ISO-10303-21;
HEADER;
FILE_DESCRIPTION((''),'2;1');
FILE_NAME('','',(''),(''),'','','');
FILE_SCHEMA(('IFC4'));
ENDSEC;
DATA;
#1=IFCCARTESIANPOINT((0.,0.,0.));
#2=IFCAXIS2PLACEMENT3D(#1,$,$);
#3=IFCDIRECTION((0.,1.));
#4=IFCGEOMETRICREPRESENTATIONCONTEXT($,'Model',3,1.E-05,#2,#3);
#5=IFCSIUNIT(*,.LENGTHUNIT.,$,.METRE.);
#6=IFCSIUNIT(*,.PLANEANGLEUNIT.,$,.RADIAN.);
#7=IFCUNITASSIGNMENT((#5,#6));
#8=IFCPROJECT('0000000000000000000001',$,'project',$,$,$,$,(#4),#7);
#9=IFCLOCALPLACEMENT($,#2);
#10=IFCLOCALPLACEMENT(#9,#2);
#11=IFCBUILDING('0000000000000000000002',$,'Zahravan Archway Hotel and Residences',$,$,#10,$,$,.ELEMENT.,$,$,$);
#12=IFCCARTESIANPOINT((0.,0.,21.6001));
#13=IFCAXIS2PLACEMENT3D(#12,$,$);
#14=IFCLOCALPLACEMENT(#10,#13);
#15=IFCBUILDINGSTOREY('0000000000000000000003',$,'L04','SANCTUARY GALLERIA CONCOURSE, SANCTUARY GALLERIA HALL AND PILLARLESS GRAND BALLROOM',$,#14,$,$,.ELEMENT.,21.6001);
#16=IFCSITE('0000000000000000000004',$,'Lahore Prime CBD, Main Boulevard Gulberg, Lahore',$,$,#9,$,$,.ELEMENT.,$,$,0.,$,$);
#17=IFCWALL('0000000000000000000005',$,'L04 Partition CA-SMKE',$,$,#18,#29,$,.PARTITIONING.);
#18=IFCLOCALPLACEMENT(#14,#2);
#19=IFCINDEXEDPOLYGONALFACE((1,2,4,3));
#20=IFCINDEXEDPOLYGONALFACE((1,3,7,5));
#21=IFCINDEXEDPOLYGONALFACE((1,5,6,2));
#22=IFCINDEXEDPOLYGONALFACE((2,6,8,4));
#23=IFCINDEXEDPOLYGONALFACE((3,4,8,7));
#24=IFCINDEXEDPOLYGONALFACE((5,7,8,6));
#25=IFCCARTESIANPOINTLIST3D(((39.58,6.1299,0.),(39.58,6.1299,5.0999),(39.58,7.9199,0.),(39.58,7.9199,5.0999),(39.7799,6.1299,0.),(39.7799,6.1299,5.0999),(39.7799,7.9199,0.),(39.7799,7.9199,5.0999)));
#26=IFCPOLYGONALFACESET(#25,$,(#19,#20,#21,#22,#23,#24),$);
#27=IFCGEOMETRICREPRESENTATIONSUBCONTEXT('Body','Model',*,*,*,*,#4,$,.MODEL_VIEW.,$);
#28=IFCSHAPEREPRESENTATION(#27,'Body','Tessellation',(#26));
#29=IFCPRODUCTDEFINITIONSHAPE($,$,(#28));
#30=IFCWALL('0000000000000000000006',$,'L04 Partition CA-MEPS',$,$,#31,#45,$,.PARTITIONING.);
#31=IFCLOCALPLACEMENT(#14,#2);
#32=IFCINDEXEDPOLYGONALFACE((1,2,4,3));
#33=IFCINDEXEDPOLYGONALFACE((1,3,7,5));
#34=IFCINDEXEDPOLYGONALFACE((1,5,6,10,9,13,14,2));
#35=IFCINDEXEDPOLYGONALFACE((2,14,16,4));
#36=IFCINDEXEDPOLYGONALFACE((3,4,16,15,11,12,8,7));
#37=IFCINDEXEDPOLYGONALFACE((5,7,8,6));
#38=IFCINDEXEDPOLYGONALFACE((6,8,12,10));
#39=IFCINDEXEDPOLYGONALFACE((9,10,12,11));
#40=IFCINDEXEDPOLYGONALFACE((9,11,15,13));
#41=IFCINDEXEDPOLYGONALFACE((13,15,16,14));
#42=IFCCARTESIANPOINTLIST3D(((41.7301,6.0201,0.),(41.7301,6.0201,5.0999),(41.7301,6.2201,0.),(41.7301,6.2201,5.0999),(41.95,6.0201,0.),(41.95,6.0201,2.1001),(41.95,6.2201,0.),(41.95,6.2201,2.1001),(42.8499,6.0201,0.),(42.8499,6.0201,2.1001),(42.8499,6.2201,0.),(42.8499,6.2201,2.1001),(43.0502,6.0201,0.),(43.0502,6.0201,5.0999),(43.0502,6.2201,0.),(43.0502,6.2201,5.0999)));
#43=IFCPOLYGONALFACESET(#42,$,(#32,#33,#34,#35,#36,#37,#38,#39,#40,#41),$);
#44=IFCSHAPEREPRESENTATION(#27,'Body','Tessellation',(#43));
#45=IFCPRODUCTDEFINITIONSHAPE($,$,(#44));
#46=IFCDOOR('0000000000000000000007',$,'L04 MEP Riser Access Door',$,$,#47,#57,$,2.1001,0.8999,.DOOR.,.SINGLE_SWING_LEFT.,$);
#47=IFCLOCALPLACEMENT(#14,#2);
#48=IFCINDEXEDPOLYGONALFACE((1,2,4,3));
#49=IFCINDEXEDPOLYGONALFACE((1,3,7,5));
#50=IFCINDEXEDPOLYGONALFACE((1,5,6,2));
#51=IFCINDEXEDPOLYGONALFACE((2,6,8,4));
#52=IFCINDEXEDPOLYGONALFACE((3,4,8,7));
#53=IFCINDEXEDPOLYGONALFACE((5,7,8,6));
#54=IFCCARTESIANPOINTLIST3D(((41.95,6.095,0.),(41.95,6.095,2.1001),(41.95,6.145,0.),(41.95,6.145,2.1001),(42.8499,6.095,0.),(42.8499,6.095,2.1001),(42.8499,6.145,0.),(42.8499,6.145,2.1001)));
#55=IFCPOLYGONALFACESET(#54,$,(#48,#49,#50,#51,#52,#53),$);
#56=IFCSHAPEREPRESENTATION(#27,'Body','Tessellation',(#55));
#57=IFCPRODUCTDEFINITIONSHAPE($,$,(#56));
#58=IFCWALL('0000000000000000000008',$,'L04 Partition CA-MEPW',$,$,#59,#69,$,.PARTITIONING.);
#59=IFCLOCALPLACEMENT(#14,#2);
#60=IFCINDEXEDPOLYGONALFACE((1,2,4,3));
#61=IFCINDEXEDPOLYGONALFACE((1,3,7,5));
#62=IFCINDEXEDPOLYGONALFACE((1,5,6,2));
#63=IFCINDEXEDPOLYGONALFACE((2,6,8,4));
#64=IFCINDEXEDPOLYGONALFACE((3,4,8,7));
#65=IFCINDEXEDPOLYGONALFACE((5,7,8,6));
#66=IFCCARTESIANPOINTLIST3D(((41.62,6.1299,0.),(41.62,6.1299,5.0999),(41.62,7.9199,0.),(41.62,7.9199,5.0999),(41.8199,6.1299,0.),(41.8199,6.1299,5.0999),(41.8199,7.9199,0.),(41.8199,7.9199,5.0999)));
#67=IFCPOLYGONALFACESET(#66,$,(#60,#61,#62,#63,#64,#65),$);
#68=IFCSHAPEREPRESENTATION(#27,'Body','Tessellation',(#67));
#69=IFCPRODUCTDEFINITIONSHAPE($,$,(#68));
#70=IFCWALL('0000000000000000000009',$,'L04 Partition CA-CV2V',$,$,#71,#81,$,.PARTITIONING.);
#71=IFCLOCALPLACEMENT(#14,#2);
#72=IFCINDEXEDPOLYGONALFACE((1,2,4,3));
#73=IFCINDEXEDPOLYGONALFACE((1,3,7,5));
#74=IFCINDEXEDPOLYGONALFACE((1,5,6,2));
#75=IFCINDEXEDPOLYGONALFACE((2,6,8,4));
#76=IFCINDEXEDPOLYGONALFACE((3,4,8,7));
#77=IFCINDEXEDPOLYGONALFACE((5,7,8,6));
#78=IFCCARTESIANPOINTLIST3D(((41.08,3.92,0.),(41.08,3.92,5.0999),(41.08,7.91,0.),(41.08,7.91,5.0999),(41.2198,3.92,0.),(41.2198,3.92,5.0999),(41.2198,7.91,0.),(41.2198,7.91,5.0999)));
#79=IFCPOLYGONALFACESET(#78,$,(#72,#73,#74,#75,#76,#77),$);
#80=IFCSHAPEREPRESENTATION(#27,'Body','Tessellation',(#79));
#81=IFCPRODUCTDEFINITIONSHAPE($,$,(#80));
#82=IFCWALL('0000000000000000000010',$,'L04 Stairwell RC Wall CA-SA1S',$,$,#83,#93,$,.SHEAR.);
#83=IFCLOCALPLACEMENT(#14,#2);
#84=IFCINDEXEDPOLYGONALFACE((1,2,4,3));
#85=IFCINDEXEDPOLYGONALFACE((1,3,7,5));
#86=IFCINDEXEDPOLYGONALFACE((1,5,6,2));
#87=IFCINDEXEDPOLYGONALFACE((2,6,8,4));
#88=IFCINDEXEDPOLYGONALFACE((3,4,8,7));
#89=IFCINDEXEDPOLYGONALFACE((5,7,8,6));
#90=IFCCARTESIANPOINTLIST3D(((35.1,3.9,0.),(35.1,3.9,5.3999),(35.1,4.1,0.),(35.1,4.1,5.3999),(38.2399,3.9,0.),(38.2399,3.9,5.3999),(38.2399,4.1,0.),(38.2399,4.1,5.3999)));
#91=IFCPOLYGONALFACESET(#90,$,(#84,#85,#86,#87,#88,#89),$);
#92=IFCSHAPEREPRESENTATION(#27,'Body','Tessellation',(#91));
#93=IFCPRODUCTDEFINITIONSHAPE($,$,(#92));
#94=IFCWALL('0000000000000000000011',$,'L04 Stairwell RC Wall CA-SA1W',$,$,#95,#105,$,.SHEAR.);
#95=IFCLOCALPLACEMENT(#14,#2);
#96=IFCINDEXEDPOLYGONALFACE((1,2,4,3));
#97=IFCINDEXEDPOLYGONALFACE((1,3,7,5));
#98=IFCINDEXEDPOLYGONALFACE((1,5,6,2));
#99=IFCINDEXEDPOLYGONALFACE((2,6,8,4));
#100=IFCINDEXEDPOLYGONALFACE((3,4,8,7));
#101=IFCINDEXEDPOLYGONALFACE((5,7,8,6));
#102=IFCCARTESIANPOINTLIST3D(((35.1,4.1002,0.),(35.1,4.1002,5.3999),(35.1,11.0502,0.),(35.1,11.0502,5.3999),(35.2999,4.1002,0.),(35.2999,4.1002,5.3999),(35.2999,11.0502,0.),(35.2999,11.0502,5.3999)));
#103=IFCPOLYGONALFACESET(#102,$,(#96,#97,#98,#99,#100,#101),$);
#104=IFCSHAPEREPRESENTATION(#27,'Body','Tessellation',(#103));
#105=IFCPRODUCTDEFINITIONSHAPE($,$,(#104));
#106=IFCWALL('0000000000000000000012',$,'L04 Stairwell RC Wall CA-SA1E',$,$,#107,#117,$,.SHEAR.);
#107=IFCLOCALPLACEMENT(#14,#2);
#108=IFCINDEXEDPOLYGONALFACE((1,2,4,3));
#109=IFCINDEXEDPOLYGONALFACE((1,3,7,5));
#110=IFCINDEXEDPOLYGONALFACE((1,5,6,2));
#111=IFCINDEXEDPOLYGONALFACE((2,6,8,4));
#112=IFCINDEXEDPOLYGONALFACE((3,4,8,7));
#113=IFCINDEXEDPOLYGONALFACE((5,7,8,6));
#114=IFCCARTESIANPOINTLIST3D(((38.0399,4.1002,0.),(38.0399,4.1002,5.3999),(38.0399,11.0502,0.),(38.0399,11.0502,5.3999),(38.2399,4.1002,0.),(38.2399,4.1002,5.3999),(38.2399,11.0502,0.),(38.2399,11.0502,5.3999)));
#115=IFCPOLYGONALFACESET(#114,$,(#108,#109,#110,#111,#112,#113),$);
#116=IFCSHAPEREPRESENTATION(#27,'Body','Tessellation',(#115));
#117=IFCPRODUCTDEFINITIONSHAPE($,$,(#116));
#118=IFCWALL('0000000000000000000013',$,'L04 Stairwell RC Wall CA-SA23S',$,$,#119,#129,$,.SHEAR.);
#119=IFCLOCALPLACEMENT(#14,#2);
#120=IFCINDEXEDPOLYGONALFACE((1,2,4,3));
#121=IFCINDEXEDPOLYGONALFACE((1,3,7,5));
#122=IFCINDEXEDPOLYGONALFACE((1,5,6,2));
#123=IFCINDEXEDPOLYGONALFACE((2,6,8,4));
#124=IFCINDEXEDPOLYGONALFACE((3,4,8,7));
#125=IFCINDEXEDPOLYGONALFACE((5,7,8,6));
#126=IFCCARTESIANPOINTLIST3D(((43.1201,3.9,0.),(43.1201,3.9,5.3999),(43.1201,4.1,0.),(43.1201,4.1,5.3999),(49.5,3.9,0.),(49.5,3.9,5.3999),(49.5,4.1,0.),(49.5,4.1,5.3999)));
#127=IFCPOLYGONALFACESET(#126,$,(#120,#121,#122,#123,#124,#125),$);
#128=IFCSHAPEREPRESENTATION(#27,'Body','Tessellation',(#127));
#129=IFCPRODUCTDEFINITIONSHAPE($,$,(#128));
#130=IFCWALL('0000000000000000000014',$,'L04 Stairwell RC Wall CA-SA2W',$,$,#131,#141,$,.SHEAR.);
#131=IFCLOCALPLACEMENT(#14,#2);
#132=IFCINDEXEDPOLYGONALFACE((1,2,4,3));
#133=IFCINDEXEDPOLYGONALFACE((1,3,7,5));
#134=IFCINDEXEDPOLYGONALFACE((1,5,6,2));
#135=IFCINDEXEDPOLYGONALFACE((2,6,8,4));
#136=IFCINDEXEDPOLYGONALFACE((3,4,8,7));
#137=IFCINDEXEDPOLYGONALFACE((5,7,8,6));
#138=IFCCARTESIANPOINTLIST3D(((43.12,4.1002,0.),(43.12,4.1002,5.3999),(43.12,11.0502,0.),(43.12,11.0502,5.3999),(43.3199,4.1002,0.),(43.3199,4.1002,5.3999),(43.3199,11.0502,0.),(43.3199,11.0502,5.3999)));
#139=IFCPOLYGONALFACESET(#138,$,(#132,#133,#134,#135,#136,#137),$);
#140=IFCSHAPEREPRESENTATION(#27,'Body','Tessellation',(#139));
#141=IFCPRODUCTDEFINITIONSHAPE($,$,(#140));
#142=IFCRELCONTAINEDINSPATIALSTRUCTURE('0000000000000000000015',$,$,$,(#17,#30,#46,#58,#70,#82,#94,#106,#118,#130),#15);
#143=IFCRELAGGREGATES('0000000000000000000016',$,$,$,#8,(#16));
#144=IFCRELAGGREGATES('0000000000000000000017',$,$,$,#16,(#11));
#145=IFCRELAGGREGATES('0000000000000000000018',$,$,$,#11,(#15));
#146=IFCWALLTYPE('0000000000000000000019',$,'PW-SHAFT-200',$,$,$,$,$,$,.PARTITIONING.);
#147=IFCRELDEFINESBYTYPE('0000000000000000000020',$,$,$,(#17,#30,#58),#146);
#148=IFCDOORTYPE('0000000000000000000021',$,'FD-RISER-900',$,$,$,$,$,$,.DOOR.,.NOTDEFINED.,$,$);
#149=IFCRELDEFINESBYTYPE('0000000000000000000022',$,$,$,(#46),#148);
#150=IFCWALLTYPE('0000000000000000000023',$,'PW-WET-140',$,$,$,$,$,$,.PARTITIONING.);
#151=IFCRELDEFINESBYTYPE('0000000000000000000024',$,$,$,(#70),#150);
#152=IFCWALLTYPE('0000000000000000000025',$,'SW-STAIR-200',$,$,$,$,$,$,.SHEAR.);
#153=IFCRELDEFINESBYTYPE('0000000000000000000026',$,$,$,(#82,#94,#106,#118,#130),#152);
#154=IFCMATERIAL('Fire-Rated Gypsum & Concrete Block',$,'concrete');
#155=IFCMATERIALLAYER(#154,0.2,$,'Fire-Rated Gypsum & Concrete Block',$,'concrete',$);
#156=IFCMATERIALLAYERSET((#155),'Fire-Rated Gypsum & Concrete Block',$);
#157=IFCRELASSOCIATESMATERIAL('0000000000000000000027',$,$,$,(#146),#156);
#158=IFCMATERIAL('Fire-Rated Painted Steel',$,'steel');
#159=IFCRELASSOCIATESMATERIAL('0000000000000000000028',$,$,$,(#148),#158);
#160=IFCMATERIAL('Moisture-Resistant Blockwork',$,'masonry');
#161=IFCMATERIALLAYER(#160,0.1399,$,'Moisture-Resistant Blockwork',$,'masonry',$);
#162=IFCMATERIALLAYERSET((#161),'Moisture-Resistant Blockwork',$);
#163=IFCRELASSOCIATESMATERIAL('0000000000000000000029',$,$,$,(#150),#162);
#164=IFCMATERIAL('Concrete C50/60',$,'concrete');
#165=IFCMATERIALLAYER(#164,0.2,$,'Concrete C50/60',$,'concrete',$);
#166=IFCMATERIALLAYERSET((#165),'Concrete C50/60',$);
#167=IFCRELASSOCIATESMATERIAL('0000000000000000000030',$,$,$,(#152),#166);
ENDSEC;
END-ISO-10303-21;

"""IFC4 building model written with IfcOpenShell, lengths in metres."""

from ifc_helpers import new_model, si_unit, direction, frame, frame_2d, origin, place, context, subcontext, project, spatial, rectangle, extrude, source, transform, mapped, material, layer, layer_set, type_object, type_shapes, element, fill, save


model = new_model("IFC4")

# Units and contexts
model_context = context("Model", 3, precision=1e-05, world=origin(), true_north=direction((0.0, 1.0)))
body_context = subcontext(model_context, "Body", "Model", "MODEL_VIEW")
ifc_project = project(units=[si_unit("LENGTHUNIT", "METRE"), si_unit("PLANEANGLEUNIT", "RADIAN")], contexts=[model_context])

# Site, building, storey
site_placement = place(None, origin())
site = spatial("IfcSite", under=ifc_project, at=site_placement, Name="Lahore Prime CBD, Main Boulevard Gulberg, Lahore", CompositionType="ELEMENT", RefElevation=0.0)
building_placement = place(site_placement, origin())
building = spatial("IfcBuilding", under=site, at=building_placement, Name="Zahravan Archway Hotel and Residences", CompositionType="ELEMENT")
storey_placement = place(building_placement, frame((0.0, 0.0, 21.6001)))
storey = spatial("IfcBuildingStorey", under=building, at=storey_placement, Name="L04", Description="SANCTUARY GALLERIA CONCOURSE, SANCTUARY GALLERIA HALL AND PILLARLESS GRAND BALLROOM", CompositionType="ELEMENT", Elevation=21.6001)

# Shared definitions
ifc_material_1 = material(Name="Fire-Rated Gypsum & Concrete Block", Category="concrete")
ifc_material_2 = material(Name="Fire-Rated Painted Steel", Category="steel")

# Shared definitions
ifc_layer_1 = layer(ifc_material_1, 0.2, Name="Fire-Rated Gypsum & Concrete Block", Category="concrete")
ifc_layer_set_1 = layer_set([ifc_layer_1], Name="Fire-Rated Gypsum & Concrete Block")
wall_type_1 = type_object("IfcWallType", Name="PW-SHAFT-200", PredefinedType="PARTITIONING", material=ifc_layer_set_1)

# Shared definitions
door_type_1 = type_object("IfcDoorType", Name="FD-RISER-900", OperationType="NOTDEFINED", PredefinedType="DOOR", material=ifc_material_2)
shared_shape_1 = source(origin(), body_context, "Body", "SweptSolid", [
    extrude(rectangle(XDim=0.8999, YDim=2.1001, at=frame_2d((0.45, 1.05))), frame((0.0, 0.0249, 0.0), z_axis=(0.0, -1.0, 0.0), x_axis=(1.0, 0.0, 0.0)), (0.0, 0.0, 1.0), 0.05),
])
type_shapes(door_type_1, [shared_shape_1])

# Wall
wall_1_placement = place(storey_placement, frame((39.6799, 6.1299, 0.0), z_axis=(0.0, 0.0, 1.0), x_axis=(0.0, 1.0, 0.0)))
element("IfcWall", 1, at=wall_1_placement, inside=storey, type_object=wall_type_1, Name="L04 Partition CA-SMKE", PredefinedType="PARTITIONING", context=body_context, shape_type="SweptSolid", body=[
    extrude(rectangle(XDim=1.79, YDim=0.2, at=frame_2d((0.895, 0.0))), origin(), (0.0, 0.0, 1.0), 5.0999),
])

# Wall, opening, door
wall_2_placement = place(storey_placement, frame((41.73, 6.1201, 0.0), z_axis=(0.0, 0.0, 1.0), x_axis=(1.0, 0.0, 0.0)))
wall_2 = element("IfcWall", 2, at=wall_2_placement, inside=storey, type_object=wall_type_1, Name="L04 Partition CA-MEPS", PredefinedType="PARTITIONING", context=body_context, shape_type="SweptSolid", body=[
    extrude(rectangle(XDim=1.3201, YDim=0.2, at=frame_2d((0.6602, 0.0))), origin(), (0.0, 0.0, 1.0), 5.0999),
])
opening_1_placement = place(wall_2_placement, frame((0.22, 0.0, 0.0)))
opening_1 = element("IfcOpeningElement", 3, at=opening_1_placement, cuts=wall_2, PredefinedType="OPENING", context=body_context, shape_type="SweptSolid", body=[
    extrude(rectangle(XDim=0.8999, YDim=2.1001, at=frame_2d((0.45, 1.05))), frame((0.0, 0.1099, 0.0), z_axis=(0.0, -1.0, 0.0), x_axis=(1.0, 0.0, 0.0)), (0.0, 0.0, 1.0), 0.22),
])
door_1_placement = place(opening_1_placement, origin())
door_1 = element("IfcDoor", 4, at=door_1_placement, inside=storey, type_object=door_type_1, Name="L04 MEP Riser Access Door", OperationType="SINGLE_SWING_LEFT", OverallHeight=2.1001, OverallWidth=0.8999, PredefinedType="DOOR", context=body_context, shape_type="MappedRepresentation", body=[
    mapped(shared_shape_1, transform((0.0, 0.0, 0.0), scale=1.0)),
])
fill(opening_1, door_1)

# Walls
wall_3_placement = place(storey_placement, frame((41.72, 6.1299, 0.0), z_axis=(0.0, 0.0, 1.0), x_axis=(0.0, 1.0, 0.0)))
element("IfcWall", 5, at=wall_3_placement, inside=storey, type_object=wall_type_1, Name="L04 Partition CA-MEPW", PredefinedType="PARTITIONING", context=body_context, shape_type="SweptSolid", body=[
    extrude(rectangle(XDim=1.79, YDim=0.2, at=frame_2d((0.895, 0.0))), origin(), (0.0, 0.0, 1.0), 5.0999),
])
ifc_material_3 = material(Name="Moisture-Resistant Blockwork", Category="masonry")
ifc_layer_2 = layer(ifc_material_3, 0.1399, Name="Moisture-Resistant Blockwork", Category="masonry")
ifc_layer_set_2 = layer_set([ifc_layer_2], Name="Moisture-Resistant Blockwork")
wall_type_2 = type_object("IfcWallType", Name="PW-WET-140", PredefinedType="PARTITIONING", material=ifc_layer_set_2)
wall_4_placement = place(storey_placement, frame((41.1499, 3.9199, 0.0), z_axis=(0.0, 0.0, 1.0), x_axis=(0.0, 1.0, 0.0)))
element("IfcWall", 6, at=wall_4_placement, inside=storey, type_object=wall_type_2, Name="L04 Partition CA-CV2V", PredefinedType="PARTITIONING", context=body_context, shape_type="SweptSolid", body=[
    extrude(rectangle(XDim=3.99, YDim=0.1399, at=frame_2d((1.9951, 0.0))), origin(), (0.0, 0.0, 1.0), 5.0999),
])
ifc_material_4 = material(Name="Concrete C50/60", Category="concrete")
ifc_layer_3 = layer(ifc_material_4, 0.2, Name="Concrete C50/60", Category="concrete")
ifc_layer_set_3 = layer_set([ifc_layer_3], Name="Concrete C50/60")
wall_type_3 = type_object("IfcWallType", Name="SW-STAIR-200", PredefinedType="SHEAR", material=ifc_layer_set_3)
wall_5_placement = place(storey_placement, frame((35.1001, 4.0, 0.0), z_axis=(0.0, 0.0, 1.0), x_axis=(1.0, 0.0, 0.0)))
element("IfcWall", 7, at=wall_5_placement, inside=storey, type_object=wall_type_3, Name="L04 Stairwell RC Wall CA-SA1S", PredefinedType="SHEAR", context=body_context, shape_type="SweptSolid", body=[
    extrude(rectangle(XDim=3.1399, YDim=0.2, at=frame_2d((1.5698, 0.0))), origin(), (0.0, 0.0, 1.0), 5.3999),
])
for number, where, z_axis, x_axis, name in (
    (8, (35.2, 4.1001, 0.0), (0.0, 0.0, 1.0), (0.0, 1.0, 0.0), "L04 Stairwell RC Wall CA-SA1W"),
    (9, (38.1399, 4.1001, 0.0), (0.0, 0.0, 1.0), (0.0, 1.0, 0.0), "L04 Stairwell RC Wall CA-SA1E"),
):
    element("IfcWall", number, at=place(storey_placement, frame(where, z_axis=z_axis, x_axis=x_axis)), inside=storey, type_object=wall_type_3, Name=name, PredefinedType="SHEAR", context=body_context, shape_type="SweptSolid", body=[
        extrude(rectangle(XDim=6.95, YDim=0.2, at=frame_2d((3.4751, 0.0))), origin(), (0.0, 0.0, 1.0), 5.3999),
    ])
wall_6_placement = place(storey_placement, frame((43.1201, 4.0, 0.0), z_axis=(0.0, 0.0, 1.0), x_axis=(1.0, 0.0, 0.0)))
element("IfcWall", 10, at=wall_6_placement, inside=storey, type_object=wall_type_3, Name="L04 Stairwell RC Wall CA-SA23S", PredefinedType="SHEAR", context=body_context, shape_type="SweptSolid", body=[
    extrude(rectangle(XDim=6.3799, YDim=0.2, at=frame_2d((3.1899, 0.0))), origin(), (0.0, 0.0, 1.0), 5.3999),
])
wall_7_placement = place(storey_placement, frame((43.22, 4.1001, 0.0), z_axis=(0.0, 0.0, 1.0), x_axis=(0.0, 1.0, 0.0)))
element("IfcWall", 11, at=wall_7_placement, inside=storey, type_object=wall_type_3, Name="L04 Stairwell RC Wall CA-SA2W", PredefinedType="SHEAR", context=body_context, shape_type="SweptSolid", body=[
    extrude(rectangle(XDim=6.95, YDim=0.2, at=frame_2d((3.4751, 0.0))), origin(), (0.0, 0.0, 1.0), 5.3999),
])

save(model, "model.ifc")
